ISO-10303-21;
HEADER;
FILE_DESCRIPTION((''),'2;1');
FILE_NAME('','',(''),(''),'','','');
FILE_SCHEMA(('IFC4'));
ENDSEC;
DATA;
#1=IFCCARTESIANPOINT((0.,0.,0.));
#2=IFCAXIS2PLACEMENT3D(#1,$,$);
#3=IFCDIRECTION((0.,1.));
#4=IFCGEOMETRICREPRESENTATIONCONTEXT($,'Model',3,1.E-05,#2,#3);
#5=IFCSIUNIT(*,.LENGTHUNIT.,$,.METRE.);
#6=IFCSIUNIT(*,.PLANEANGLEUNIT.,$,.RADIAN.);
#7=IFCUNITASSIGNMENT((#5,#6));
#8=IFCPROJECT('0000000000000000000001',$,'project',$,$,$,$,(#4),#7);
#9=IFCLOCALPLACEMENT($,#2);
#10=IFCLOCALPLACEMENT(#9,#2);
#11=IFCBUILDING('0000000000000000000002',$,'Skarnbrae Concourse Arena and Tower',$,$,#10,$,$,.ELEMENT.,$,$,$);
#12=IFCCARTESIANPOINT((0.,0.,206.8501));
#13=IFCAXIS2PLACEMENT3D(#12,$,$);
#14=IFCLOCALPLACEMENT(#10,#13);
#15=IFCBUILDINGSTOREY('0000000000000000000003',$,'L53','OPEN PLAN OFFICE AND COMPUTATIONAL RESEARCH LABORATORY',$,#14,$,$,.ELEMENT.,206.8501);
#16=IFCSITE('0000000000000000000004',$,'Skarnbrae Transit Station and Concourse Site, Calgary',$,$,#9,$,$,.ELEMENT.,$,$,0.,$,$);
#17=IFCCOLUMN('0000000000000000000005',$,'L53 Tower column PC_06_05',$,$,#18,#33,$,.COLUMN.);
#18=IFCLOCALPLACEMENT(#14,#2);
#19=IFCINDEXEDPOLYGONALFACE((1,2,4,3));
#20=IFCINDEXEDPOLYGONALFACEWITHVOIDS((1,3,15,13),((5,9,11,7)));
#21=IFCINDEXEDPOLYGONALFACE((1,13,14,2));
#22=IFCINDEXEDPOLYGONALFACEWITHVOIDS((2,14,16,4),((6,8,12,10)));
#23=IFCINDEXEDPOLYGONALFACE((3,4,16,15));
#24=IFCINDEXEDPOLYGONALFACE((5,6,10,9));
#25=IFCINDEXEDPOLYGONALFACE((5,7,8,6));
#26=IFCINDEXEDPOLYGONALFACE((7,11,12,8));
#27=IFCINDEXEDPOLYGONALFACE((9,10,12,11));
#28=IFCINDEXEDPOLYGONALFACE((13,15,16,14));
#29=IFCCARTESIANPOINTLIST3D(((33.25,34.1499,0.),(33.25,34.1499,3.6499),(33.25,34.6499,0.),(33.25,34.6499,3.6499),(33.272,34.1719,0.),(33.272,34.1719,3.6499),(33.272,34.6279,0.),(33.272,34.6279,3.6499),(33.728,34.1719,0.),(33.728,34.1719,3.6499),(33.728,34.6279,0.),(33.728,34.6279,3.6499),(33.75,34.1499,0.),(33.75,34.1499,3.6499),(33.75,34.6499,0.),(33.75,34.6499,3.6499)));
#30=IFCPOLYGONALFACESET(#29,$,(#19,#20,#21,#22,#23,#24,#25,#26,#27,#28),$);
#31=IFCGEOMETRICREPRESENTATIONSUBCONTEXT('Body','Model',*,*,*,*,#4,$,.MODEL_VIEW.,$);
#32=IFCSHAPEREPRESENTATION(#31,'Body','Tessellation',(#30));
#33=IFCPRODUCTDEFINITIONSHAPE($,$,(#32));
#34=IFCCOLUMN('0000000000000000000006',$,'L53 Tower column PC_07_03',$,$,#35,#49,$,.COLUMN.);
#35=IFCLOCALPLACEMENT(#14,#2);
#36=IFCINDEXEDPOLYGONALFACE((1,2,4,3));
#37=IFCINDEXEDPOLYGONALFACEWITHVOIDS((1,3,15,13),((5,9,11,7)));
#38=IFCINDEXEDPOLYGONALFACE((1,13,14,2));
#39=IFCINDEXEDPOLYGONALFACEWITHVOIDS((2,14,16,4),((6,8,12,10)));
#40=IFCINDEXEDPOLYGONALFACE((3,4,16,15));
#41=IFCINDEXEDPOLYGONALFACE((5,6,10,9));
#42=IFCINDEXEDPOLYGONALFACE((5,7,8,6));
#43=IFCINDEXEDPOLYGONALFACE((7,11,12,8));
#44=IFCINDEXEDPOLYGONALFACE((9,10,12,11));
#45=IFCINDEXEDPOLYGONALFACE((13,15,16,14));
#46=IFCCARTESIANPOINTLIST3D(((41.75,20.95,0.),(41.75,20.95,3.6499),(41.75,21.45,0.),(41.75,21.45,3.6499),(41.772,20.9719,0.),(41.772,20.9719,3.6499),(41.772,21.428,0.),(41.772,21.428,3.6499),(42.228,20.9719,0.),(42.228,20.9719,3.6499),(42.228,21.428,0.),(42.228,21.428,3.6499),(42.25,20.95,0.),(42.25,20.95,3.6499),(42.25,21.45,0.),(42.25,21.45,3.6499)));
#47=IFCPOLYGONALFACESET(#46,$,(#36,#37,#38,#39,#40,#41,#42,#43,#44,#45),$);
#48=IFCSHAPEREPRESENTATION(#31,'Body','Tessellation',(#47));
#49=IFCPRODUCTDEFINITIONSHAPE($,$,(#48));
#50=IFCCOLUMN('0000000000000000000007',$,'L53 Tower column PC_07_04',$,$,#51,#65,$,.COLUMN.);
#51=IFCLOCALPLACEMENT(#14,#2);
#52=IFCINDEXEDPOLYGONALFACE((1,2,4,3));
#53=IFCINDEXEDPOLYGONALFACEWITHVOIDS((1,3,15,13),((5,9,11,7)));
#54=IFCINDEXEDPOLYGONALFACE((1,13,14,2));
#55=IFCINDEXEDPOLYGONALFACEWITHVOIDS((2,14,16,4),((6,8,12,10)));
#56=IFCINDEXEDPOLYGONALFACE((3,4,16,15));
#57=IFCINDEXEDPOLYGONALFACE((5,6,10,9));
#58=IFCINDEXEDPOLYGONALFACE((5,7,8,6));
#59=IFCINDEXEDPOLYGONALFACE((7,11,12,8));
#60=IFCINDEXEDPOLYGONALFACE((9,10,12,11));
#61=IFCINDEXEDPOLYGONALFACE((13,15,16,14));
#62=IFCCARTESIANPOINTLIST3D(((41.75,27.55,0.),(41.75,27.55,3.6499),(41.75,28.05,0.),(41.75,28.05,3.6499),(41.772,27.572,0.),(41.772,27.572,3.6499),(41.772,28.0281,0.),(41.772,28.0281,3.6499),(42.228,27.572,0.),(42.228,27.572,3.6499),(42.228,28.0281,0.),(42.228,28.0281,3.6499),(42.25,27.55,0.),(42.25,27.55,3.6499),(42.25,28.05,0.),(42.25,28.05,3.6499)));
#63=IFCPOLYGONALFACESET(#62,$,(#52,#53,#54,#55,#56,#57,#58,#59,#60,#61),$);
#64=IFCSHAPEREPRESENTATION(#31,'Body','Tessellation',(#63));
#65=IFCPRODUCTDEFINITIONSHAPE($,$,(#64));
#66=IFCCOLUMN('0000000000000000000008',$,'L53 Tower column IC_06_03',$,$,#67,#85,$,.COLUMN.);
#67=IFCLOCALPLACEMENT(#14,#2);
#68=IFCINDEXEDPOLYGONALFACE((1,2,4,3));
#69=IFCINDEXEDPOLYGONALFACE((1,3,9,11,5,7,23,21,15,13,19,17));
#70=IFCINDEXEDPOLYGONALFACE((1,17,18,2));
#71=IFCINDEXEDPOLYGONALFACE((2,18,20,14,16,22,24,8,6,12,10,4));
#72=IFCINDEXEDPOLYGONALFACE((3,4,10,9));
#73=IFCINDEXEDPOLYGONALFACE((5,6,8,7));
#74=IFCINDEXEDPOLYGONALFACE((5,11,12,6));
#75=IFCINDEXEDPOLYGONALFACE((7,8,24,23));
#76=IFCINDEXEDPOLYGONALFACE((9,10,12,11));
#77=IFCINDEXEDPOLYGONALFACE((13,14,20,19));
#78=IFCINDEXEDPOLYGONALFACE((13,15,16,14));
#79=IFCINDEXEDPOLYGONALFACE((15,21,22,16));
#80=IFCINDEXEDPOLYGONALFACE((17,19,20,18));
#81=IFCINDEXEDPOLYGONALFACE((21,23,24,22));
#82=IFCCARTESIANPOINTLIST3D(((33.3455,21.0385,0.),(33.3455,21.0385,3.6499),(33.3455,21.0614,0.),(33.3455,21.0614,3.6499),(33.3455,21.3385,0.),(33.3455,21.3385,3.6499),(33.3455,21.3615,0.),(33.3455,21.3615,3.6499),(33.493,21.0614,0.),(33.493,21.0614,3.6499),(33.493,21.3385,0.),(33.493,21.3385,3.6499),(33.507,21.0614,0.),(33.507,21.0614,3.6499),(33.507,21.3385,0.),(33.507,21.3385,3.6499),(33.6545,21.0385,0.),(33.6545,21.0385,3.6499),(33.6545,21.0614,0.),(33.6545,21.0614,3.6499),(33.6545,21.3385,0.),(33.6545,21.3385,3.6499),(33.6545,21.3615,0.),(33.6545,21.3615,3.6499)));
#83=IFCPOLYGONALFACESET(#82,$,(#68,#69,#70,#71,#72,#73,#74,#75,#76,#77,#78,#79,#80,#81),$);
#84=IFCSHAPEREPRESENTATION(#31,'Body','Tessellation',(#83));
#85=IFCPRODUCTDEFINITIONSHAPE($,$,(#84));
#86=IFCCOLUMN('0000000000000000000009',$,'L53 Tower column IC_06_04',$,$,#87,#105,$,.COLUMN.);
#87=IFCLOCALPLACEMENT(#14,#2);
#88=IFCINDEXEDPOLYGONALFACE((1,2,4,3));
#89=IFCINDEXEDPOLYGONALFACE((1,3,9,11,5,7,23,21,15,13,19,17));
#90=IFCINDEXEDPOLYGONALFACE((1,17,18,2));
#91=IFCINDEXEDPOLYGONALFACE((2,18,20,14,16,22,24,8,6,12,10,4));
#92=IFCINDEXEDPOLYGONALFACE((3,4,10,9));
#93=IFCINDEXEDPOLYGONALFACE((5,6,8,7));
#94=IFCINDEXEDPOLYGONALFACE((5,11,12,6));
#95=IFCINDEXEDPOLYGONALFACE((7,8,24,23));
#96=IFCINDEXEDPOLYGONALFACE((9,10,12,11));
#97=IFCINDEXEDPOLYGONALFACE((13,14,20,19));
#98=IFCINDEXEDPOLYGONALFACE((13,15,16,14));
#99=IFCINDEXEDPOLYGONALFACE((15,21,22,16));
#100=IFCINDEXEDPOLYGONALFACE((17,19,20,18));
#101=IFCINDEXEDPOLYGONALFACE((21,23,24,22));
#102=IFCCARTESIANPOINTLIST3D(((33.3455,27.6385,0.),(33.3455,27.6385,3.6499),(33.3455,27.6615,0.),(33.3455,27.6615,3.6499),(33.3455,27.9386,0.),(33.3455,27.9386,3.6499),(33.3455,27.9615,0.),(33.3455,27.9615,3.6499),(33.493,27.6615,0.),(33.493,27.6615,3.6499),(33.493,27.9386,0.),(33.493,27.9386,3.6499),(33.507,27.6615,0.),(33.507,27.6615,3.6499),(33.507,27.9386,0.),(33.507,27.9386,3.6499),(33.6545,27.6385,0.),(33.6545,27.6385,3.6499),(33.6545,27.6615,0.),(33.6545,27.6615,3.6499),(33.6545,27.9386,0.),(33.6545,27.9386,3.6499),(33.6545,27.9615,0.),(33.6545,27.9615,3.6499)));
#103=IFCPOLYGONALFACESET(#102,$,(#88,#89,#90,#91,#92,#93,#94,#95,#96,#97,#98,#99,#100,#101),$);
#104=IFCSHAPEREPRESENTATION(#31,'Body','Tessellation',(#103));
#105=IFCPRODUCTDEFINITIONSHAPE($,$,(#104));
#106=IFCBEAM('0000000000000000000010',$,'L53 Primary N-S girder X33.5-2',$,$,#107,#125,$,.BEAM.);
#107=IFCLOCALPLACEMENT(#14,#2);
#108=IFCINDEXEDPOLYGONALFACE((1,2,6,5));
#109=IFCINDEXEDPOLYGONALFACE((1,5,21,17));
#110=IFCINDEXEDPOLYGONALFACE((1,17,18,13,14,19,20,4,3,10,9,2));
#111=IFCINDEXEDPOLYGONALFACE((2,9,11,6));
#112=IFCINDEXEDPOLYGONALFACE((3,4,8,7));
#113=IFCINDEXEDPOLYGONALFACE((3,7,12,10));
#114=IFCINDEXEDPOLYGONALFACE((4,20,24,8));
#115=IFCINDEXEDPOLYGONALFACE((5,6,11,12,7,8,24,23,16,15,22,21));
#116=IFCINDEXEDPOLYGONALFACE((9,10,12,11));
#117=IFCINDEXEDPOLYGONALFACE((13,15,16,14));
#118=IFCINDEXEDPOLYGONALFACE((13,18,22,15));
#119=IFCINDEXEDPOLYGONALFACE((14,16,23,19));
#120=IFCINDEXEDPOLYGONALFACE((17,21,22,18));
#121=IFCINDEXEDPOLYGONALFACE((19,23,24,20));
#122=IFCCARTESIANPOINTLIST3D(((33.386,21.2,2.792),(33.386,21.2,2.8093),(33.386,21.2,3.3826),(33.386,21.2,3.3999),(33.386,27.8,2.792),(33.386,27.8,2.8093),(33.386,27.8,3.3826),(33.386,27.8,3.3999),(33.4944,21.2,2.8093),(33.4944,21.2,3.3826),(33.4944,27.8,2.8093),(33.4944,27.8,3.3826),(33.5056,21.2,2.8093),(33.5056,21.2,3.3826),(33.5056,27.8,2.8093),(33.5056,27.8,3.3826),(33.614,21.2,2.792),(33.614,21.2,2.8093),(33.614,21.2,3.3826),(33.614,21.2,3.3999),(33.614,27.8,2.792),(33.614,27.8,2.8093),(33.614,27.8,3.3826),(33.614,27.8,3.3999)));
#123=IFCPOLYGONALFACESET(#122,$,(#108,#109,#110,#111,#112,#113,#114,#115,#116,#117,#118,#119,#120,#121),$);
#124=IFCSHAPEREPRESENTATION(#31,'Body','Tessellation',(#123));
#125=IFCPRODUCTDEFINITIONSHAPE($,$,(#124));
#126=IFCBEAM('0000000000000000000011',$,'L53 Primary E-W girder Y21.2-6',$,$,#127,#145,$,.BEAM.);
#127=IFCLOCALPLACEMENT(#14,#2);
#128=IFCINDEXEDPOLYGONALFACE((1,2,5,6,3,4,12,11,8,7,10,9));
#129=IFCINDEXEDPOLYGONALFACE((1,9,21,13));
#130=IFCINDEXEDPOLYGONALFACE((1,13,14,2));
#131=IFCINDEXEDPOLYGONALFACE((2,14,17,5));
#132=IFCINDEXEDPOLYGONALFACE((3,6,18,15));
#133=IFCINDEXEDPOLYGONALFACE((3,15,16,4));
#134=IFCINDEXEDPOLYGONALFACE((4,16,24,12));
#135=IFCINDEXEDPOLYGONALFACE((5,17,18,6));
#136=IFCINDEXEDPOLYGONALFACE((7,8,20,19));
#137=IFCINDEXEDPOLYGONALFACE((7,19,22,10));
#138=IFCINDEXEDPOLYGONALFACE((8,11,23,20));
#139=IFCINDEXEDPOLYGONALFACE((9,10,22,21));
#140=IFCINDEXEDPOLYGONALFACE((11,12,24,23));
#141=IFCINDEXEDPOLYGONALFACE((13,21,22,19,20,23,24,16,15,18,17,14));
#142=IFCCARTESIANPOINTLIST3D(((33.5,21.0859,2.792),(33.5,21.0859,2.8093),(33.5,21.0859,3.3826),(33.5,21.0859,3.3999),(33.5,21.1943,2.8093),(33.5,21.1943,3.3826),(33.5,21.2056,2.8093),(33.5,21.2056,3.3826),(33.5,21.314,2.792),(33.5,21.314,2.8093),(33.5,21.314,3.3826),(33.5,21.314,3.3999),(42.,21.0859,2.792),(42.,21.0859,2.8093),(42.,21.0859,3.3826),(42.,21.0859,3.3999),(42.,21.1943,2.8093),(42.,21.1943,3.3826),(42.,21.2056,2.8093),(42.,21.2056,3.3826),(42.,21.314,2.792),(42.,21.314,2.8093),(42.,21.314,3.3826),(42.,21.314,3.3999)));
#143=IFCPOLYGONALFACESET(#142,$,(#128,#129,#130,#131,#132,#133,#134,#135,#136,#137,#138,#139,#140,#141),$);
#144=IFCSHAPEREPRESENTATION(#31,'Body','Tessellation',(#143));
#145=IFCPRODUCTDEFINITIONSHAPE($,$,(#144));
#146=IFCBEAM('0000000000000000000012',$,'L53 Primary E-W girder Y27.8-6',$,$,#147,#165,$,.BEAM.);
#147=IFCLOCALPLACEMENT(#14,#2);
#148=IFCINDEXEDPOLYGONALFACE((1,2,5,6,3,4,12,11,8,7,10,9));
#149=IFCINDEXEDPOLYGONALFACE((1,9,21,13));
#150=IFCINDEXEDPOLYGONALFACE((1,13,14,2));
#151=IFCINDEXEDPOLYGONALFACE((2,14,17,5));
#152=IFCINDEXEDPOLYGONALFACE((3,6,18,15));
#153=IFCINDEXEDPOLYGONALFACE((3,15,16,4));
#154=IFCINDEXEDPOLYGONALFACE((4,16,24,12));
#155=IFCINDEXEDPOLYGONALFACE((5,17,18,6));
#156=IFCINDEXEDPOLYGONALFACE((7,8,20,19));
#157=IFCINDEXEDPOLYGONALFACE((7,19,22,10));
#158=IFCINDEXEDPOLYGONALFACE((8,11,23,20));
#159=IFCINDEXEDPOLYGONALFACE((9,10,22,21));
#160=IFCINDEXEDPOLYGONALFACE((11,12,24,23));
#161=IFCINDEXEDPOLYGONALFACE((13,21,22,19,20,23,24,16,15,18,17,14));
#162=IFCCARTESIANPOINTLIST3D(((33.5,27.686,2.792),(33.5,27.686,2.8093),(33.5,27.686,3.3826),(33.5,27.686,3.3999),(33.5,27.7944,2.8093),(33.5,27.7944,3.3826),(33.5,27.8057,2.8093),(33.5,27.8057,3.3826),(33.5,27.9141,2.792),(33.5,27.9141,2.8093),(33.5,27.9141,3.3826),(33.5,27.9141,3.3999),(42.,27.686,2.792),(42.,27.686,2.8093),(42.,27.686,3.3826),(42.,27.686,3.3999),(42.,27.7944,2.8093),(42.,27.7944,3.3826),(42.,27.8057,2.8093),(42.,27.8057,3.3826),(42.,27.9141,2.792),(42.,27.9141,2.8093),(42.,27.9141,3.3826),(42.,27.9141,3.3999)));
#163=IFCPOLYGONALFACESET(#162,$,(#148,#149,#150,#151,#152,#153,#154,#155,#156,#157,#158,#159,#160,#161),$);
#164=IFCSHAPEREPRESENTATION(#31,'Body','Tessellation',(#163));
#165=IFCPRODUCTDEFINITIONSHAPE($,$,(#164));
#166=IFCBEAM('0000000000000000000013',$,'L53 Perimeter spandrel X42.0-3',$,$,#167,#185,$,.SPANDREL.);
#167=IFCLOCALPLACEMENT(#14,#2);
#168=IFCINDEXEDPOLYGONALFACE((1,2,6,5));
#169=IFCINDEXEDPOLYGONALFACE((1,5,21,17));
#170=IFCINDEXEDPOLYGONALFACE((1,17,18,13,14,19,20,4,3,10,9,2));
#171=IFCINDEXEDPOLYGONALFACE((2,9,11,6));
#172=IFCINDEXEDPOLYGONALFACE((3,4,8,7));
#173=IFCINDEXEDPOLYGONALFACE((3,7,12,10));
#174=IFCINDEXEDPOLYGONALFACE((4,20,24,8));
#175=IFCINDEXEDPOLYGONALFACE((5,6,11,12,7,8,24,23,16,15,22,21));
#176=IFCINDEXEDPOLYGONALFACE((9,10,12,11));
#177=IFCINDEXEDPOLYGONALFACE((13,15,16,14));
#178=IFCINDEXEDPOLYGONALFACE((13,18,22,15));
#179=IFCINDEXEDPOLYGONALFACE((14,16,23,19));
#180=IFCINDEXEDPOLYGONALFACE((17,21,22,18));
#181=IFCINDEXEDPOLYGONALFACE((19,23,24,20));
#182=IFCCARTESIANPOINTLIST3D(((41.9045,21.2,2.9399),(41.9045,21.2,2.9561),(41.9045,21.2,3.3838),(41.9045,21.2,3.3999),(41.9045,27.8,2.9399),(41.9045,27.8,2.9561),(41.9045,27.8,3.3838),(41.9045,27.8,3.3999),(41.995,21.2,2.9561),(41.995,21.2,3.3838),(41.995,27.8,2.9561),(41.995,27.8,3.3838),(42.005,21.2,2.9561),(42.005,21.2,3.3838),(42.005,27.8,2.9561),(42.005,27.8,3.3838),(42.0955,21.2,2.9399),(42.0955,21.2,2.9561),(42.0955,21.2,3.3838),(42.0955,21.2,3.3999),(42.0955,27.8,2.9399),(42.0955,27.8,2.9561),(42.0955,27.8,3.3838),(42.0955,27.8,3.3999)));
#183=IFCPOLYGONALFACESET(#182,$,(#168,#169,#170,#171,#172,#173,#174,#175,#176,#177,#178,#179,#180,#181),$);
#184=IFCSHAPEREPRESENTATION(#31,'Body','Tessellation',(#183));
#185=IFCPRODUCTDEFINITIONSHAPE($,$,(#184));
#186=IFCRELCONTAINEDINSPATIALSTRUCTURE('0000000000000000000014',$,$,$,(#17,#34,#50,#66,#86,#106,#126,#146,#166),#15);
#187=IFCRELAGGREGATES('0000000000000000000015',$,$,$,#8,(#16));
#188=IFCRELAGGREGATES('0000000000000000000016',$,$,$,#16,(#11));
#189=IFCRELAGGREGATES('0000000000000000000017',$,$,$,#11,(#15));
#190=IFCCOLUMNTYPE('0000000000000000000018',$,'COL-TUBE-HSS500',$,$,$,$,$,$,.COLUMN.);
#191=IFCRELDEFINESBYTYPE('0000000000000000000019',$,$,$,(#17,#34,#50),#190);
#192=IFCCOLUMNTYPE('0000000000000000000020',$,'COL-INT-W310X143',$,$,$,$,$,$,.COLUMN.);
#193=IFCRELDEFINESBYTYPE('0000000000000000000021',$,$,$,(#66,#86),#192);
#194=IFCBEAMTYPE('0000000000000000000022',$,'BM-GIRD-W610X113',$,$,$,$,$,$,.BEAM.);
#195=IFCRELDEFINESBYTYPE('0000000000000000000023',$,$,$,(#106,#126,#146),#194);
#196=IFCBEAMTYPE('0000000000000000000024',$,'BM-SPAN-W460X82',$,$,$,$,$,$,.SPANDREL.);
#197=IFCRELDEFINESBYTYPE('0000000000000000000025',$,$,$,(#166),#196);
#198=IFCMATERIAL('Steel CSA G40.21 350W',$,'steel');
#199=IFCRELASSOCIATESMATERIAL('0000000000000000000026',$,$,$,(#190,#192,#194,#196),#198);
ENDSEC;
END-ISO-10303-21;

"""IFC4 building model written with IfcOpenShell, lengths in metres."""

from ifc_helpers import new_model, si_unit, direction, frame, origin, origin_2d, place, context, subcontext, project, spatial, hollow_rectangle, i_section, extrude, source, transform, mapped, material, material_profile, profile_set, type_object, element, save


model = new_model("IFC4")

# Units and contexts
model_context = context("Model", 3, precision=1e-05, world=origin(), true_north=direction((0.0, 1.0)))
body_context = subcontext(model_context, "Body", "Model", "MODEL_VIEW")
ifc_project = project(units=[si_unit("LENGTHUNIT", "METRE"), si_unit("PLANEANGLEUNIT", "RADIAN")], contexts=[model_context])

# Site, building, storey
site_placement = place(None, origin())
site = spatial("IfcSite", under=ifc_project, at=site_placement, Name="Skarnbrae Transit Station and Concourse Site, Calgary", CompositionType="ELEMENT", RefElevation=0.0)
building_placement = place(site_placement, origin())
building = spatial("IfcBuilding", under=site, at=building_placement, Name="Skarnbrae Concourse Arena and Tower", CompositionType="ELEMENT")
storey_placement = place(building_placement, frame((0.0, 0.0, 206.8501)))
storey = spatial("IfcBuildingStorey", under=building, at=storey_placement, Name="L53", Description="OPEN PLAN OFFICE AND COMPUTATIONAL RESEARCH LABORATORY", CompositionType="ELEMENT", Elevation=206.8501)

# Columns
ifc_material_1 = material(Name="Steel CSA G40.21 350W", Category="steel")
ifc_material_profile_1 = material_profile(ifc_material_1, hollow_rectangle(XDim=0.5, YDim=0.5, WallThickness=0.022, at=origin_2d()), Name="HSS500X500X22.0")
ifc_profile_set_1 = profile_set([ifc_material_profile_1], Name="Steel CSA G40.21 350W")
column_type_1 = type_object("IfcColumnType", Name="COL-TUBE-HSS500", PredefinedType="COLUMN", material=ifc_profile_set_1)
shared_shape_1 = source(origin(), body_context, "Body", "SweptSolid", [
    extrude(hollow_rectangle(XDim=0.5, YDim=0.5, WallThickness=0.022, at=origin_2d()), origin(), (0.0, 0.0, 1.0), 3.6499),
])
for number, where, z_axis, x_axis, name in (
    (1, (33.5, 34.3999, 0.0), (0.0, 0.0, 1.0), (1.0, 0.0, 0.0), "L53 Tower column PC_06_05"),
    (2, (42.0, 21.2, 0.0), (0.0, 0.0, 1.0), (1.0, 0.0, 0.0), "L53 Tower column PC_07_03"),
    (3, (42.0, 27.8, 0.0), (0.0, 0.0, 1.0), (1.0, 0.0, 0.0), "L53 Tower column PC_07_04"),
):
    element("IfcColumn", number, at=place(storey_placement, frame(where, z_axis=z_axis, x_axis=x_axis)), inside=storey, type_object=column_type_1, Name=name, PredefinedType="COLUMN", context=body_context, shape_type="MappedRepresentation", body=[
        mapped(shared_shape_1, transform((0.0, 0.0, 0.0))),
    ])
ifc_material_profile_2 = material_profile(ifc_material_1, i_section(OverallWidth=0.3091, OverallDepth=0.323, WebThickness=0.0139, FlangeThickness=0.0229, at=origin_2d()), Name="W310X143")
ifc_profile_set_2 = profile_set([ifc_material_profile_2], Name="Steel CSA G40.21 350W")
column_type_2 = type_object("IfcColumnType", Name="COL-INT-W310X143", PredefinedType="COLUMN", material=ifc_profile_set_2)
shared_shape_2 = source(origin(), body_context, "Body", "SweptSolid", [
    extrude(i_section(OverallWidth=0.3091, OverallDepth=0.323, WebThickness=0.0139, FlangeThickness=0.0229, at=origin_2d()), origin(), (0.0, 0.0, 1.0), 3.6499),
])
for number, where, z_axis, x_axis, name in (
    (4, (33.5, 21.2, 0.0), (0.0, 0.0, 1.0), (1.0, 0.0, 0.0), "L53 Tower column IC_06_03"),
    (5, (33.5, 27.8, 0.0), (0.0, 0.0, 1.0), (1.0, 0.0, 0.0), "L53 Tower column IC_06_04"),
):
    element("IfcColumn", number, at=place(storey_placement, frame(where, z_axis=z_axis, x_axis=x_axis)), inside=storey, type_object=column_type_2, Name=name, PredefinedType="COLUMN", context=body_context, shape_type="MappedRepresentation", body=[
        mapped(shared_shape_2, transform((0.0, 0.0, 0.0))),
    ])

# Beams
ifc_material_profile_3 = material_profile(ifc_material_1, i_section(OverallWidth=0.228, OverallDepth=0.6079, WebThickness=0.0112, FlangeThickness=0.0173, at=origin_2d()), Name="W610X113")
ifc_profile_set_3 = profile_set([ifc_material_profile_3], Name="Steel CSA G40.21 350W")
beam_type_1 = type_object("IfcBeamType", Name="BM-GIRD-W610X113", PredefinedType="BEAM", material=ifc_profile_set_3)
shared_shape_3 = source(origin(), body_context, "Body", "SweptSolid", [
    extrude(i_section(OverallWidth=0.228, OverallDepth=0.6079, WebThickness=0.0112, FlangeThickness=0.0173, at=origin_2d()), origin(), (0.0, 0.0, 1.0), 6.6001),
])
beam_1_placement = place(storey_placement, frame((33.5, 21.2, 3.0959), z_axis=(0.0, 1.0, 0.0), x_axis=(-1.0, 0.0, 0.0)))
element("IfcBeam", 6, at=beam_1_placement, inside=storey, type_object=beam_type_1, Name="L53 Primary N-S girder X33.5-2", PredefinedType="BEAM", context=body_context, shape_type="MappedRepresentation", body=[
    mapped(shared_shape_3, transform((0.0, 0.0, 0.0))),
])
shared_shape_4 = source(origin(), body_context, "Body", "SweptSolid", [
    extrude(i_section(OverallWidth=0.228, OverallDepth=0.6079, WebThickness=0.0112, FlangeThickness=0.0173, at=origin_2d()), origin(), (0.0, 0.0, 1.0), 8.5),
])
for number, where, z_axis, x_axis, name in (
    (7, (33.5, 21.2, 3.0959), (1.0, 0.0, 0.0), (0.0, 1.0, 0.0), "L53 Primary E-W girder Y21.2-6"),
    (8, (33.5, 27.8, 3.0959), (1.0, 0.0, 0.0), (0.0, 1.0, 0.0), "L53 Primary E-W girder Y27.8-6"),
):
    element("IfcBeam", number, at=place(storey_placement, frame(where, z_axis=z_axis, x_axis=x_axis)), inside=storey, type_object=beam_type_1, Name=name, PredefinedType="BEAM", context=body_context, shape_type="MappedRepresentation", body=[
        mapped(shared_shape_4, transform((0.0, 0.0, 0.0))),
    ])
ifc_material_profile_4 = material_profile(ifc_material_1, i_section(OverallWidth=0.1909, OverallDepth=0.46, WebThickness=0.01, FlangeThickness=0.0161, at=origin_2d()), Name="W460X82")
ifc_profile_set_4 = profile_set([ifc_material_profile_4], Name="Steel CSA G40.21 350W")
beam_type_2 = type_object("IfcBeamType", Name="BM-SPAN-W460X82", PredefinedType="SPANDREL", material=ifc_profile_set_4)
shared_shape_5 = source(origin(), body_context, "Body", "SweptSolid", [
    extrude(i_section(OverallWidth=0.1909, OverallDepth=0.46, WebThickness=0.01, FlangeThickness=0.0161, at=origin_2d()), origin(), (0.0, 0.0, 1.0), 6.6001),
])
beam_2_placement = place(storey_placement, frame((42.0, 21.2, 3.1699), z_axis=(0.0, 1.0, 0.0), x_axis=(-1.0, 0.0, 0.0)))
element("IfcBeam", 9, at=beam_2_placement, inside=storey, type_object=beam_type_2, Name="L53 Perimeter spandrel X42.0-3", PredefinedType="SPANDREL", context=body_context, shape_type="MappedRepresentation", body=[
    mapped(shared_shape_5, transform((0.0, 0.0, 0.0))),
])

save(model, "model.ifc")
